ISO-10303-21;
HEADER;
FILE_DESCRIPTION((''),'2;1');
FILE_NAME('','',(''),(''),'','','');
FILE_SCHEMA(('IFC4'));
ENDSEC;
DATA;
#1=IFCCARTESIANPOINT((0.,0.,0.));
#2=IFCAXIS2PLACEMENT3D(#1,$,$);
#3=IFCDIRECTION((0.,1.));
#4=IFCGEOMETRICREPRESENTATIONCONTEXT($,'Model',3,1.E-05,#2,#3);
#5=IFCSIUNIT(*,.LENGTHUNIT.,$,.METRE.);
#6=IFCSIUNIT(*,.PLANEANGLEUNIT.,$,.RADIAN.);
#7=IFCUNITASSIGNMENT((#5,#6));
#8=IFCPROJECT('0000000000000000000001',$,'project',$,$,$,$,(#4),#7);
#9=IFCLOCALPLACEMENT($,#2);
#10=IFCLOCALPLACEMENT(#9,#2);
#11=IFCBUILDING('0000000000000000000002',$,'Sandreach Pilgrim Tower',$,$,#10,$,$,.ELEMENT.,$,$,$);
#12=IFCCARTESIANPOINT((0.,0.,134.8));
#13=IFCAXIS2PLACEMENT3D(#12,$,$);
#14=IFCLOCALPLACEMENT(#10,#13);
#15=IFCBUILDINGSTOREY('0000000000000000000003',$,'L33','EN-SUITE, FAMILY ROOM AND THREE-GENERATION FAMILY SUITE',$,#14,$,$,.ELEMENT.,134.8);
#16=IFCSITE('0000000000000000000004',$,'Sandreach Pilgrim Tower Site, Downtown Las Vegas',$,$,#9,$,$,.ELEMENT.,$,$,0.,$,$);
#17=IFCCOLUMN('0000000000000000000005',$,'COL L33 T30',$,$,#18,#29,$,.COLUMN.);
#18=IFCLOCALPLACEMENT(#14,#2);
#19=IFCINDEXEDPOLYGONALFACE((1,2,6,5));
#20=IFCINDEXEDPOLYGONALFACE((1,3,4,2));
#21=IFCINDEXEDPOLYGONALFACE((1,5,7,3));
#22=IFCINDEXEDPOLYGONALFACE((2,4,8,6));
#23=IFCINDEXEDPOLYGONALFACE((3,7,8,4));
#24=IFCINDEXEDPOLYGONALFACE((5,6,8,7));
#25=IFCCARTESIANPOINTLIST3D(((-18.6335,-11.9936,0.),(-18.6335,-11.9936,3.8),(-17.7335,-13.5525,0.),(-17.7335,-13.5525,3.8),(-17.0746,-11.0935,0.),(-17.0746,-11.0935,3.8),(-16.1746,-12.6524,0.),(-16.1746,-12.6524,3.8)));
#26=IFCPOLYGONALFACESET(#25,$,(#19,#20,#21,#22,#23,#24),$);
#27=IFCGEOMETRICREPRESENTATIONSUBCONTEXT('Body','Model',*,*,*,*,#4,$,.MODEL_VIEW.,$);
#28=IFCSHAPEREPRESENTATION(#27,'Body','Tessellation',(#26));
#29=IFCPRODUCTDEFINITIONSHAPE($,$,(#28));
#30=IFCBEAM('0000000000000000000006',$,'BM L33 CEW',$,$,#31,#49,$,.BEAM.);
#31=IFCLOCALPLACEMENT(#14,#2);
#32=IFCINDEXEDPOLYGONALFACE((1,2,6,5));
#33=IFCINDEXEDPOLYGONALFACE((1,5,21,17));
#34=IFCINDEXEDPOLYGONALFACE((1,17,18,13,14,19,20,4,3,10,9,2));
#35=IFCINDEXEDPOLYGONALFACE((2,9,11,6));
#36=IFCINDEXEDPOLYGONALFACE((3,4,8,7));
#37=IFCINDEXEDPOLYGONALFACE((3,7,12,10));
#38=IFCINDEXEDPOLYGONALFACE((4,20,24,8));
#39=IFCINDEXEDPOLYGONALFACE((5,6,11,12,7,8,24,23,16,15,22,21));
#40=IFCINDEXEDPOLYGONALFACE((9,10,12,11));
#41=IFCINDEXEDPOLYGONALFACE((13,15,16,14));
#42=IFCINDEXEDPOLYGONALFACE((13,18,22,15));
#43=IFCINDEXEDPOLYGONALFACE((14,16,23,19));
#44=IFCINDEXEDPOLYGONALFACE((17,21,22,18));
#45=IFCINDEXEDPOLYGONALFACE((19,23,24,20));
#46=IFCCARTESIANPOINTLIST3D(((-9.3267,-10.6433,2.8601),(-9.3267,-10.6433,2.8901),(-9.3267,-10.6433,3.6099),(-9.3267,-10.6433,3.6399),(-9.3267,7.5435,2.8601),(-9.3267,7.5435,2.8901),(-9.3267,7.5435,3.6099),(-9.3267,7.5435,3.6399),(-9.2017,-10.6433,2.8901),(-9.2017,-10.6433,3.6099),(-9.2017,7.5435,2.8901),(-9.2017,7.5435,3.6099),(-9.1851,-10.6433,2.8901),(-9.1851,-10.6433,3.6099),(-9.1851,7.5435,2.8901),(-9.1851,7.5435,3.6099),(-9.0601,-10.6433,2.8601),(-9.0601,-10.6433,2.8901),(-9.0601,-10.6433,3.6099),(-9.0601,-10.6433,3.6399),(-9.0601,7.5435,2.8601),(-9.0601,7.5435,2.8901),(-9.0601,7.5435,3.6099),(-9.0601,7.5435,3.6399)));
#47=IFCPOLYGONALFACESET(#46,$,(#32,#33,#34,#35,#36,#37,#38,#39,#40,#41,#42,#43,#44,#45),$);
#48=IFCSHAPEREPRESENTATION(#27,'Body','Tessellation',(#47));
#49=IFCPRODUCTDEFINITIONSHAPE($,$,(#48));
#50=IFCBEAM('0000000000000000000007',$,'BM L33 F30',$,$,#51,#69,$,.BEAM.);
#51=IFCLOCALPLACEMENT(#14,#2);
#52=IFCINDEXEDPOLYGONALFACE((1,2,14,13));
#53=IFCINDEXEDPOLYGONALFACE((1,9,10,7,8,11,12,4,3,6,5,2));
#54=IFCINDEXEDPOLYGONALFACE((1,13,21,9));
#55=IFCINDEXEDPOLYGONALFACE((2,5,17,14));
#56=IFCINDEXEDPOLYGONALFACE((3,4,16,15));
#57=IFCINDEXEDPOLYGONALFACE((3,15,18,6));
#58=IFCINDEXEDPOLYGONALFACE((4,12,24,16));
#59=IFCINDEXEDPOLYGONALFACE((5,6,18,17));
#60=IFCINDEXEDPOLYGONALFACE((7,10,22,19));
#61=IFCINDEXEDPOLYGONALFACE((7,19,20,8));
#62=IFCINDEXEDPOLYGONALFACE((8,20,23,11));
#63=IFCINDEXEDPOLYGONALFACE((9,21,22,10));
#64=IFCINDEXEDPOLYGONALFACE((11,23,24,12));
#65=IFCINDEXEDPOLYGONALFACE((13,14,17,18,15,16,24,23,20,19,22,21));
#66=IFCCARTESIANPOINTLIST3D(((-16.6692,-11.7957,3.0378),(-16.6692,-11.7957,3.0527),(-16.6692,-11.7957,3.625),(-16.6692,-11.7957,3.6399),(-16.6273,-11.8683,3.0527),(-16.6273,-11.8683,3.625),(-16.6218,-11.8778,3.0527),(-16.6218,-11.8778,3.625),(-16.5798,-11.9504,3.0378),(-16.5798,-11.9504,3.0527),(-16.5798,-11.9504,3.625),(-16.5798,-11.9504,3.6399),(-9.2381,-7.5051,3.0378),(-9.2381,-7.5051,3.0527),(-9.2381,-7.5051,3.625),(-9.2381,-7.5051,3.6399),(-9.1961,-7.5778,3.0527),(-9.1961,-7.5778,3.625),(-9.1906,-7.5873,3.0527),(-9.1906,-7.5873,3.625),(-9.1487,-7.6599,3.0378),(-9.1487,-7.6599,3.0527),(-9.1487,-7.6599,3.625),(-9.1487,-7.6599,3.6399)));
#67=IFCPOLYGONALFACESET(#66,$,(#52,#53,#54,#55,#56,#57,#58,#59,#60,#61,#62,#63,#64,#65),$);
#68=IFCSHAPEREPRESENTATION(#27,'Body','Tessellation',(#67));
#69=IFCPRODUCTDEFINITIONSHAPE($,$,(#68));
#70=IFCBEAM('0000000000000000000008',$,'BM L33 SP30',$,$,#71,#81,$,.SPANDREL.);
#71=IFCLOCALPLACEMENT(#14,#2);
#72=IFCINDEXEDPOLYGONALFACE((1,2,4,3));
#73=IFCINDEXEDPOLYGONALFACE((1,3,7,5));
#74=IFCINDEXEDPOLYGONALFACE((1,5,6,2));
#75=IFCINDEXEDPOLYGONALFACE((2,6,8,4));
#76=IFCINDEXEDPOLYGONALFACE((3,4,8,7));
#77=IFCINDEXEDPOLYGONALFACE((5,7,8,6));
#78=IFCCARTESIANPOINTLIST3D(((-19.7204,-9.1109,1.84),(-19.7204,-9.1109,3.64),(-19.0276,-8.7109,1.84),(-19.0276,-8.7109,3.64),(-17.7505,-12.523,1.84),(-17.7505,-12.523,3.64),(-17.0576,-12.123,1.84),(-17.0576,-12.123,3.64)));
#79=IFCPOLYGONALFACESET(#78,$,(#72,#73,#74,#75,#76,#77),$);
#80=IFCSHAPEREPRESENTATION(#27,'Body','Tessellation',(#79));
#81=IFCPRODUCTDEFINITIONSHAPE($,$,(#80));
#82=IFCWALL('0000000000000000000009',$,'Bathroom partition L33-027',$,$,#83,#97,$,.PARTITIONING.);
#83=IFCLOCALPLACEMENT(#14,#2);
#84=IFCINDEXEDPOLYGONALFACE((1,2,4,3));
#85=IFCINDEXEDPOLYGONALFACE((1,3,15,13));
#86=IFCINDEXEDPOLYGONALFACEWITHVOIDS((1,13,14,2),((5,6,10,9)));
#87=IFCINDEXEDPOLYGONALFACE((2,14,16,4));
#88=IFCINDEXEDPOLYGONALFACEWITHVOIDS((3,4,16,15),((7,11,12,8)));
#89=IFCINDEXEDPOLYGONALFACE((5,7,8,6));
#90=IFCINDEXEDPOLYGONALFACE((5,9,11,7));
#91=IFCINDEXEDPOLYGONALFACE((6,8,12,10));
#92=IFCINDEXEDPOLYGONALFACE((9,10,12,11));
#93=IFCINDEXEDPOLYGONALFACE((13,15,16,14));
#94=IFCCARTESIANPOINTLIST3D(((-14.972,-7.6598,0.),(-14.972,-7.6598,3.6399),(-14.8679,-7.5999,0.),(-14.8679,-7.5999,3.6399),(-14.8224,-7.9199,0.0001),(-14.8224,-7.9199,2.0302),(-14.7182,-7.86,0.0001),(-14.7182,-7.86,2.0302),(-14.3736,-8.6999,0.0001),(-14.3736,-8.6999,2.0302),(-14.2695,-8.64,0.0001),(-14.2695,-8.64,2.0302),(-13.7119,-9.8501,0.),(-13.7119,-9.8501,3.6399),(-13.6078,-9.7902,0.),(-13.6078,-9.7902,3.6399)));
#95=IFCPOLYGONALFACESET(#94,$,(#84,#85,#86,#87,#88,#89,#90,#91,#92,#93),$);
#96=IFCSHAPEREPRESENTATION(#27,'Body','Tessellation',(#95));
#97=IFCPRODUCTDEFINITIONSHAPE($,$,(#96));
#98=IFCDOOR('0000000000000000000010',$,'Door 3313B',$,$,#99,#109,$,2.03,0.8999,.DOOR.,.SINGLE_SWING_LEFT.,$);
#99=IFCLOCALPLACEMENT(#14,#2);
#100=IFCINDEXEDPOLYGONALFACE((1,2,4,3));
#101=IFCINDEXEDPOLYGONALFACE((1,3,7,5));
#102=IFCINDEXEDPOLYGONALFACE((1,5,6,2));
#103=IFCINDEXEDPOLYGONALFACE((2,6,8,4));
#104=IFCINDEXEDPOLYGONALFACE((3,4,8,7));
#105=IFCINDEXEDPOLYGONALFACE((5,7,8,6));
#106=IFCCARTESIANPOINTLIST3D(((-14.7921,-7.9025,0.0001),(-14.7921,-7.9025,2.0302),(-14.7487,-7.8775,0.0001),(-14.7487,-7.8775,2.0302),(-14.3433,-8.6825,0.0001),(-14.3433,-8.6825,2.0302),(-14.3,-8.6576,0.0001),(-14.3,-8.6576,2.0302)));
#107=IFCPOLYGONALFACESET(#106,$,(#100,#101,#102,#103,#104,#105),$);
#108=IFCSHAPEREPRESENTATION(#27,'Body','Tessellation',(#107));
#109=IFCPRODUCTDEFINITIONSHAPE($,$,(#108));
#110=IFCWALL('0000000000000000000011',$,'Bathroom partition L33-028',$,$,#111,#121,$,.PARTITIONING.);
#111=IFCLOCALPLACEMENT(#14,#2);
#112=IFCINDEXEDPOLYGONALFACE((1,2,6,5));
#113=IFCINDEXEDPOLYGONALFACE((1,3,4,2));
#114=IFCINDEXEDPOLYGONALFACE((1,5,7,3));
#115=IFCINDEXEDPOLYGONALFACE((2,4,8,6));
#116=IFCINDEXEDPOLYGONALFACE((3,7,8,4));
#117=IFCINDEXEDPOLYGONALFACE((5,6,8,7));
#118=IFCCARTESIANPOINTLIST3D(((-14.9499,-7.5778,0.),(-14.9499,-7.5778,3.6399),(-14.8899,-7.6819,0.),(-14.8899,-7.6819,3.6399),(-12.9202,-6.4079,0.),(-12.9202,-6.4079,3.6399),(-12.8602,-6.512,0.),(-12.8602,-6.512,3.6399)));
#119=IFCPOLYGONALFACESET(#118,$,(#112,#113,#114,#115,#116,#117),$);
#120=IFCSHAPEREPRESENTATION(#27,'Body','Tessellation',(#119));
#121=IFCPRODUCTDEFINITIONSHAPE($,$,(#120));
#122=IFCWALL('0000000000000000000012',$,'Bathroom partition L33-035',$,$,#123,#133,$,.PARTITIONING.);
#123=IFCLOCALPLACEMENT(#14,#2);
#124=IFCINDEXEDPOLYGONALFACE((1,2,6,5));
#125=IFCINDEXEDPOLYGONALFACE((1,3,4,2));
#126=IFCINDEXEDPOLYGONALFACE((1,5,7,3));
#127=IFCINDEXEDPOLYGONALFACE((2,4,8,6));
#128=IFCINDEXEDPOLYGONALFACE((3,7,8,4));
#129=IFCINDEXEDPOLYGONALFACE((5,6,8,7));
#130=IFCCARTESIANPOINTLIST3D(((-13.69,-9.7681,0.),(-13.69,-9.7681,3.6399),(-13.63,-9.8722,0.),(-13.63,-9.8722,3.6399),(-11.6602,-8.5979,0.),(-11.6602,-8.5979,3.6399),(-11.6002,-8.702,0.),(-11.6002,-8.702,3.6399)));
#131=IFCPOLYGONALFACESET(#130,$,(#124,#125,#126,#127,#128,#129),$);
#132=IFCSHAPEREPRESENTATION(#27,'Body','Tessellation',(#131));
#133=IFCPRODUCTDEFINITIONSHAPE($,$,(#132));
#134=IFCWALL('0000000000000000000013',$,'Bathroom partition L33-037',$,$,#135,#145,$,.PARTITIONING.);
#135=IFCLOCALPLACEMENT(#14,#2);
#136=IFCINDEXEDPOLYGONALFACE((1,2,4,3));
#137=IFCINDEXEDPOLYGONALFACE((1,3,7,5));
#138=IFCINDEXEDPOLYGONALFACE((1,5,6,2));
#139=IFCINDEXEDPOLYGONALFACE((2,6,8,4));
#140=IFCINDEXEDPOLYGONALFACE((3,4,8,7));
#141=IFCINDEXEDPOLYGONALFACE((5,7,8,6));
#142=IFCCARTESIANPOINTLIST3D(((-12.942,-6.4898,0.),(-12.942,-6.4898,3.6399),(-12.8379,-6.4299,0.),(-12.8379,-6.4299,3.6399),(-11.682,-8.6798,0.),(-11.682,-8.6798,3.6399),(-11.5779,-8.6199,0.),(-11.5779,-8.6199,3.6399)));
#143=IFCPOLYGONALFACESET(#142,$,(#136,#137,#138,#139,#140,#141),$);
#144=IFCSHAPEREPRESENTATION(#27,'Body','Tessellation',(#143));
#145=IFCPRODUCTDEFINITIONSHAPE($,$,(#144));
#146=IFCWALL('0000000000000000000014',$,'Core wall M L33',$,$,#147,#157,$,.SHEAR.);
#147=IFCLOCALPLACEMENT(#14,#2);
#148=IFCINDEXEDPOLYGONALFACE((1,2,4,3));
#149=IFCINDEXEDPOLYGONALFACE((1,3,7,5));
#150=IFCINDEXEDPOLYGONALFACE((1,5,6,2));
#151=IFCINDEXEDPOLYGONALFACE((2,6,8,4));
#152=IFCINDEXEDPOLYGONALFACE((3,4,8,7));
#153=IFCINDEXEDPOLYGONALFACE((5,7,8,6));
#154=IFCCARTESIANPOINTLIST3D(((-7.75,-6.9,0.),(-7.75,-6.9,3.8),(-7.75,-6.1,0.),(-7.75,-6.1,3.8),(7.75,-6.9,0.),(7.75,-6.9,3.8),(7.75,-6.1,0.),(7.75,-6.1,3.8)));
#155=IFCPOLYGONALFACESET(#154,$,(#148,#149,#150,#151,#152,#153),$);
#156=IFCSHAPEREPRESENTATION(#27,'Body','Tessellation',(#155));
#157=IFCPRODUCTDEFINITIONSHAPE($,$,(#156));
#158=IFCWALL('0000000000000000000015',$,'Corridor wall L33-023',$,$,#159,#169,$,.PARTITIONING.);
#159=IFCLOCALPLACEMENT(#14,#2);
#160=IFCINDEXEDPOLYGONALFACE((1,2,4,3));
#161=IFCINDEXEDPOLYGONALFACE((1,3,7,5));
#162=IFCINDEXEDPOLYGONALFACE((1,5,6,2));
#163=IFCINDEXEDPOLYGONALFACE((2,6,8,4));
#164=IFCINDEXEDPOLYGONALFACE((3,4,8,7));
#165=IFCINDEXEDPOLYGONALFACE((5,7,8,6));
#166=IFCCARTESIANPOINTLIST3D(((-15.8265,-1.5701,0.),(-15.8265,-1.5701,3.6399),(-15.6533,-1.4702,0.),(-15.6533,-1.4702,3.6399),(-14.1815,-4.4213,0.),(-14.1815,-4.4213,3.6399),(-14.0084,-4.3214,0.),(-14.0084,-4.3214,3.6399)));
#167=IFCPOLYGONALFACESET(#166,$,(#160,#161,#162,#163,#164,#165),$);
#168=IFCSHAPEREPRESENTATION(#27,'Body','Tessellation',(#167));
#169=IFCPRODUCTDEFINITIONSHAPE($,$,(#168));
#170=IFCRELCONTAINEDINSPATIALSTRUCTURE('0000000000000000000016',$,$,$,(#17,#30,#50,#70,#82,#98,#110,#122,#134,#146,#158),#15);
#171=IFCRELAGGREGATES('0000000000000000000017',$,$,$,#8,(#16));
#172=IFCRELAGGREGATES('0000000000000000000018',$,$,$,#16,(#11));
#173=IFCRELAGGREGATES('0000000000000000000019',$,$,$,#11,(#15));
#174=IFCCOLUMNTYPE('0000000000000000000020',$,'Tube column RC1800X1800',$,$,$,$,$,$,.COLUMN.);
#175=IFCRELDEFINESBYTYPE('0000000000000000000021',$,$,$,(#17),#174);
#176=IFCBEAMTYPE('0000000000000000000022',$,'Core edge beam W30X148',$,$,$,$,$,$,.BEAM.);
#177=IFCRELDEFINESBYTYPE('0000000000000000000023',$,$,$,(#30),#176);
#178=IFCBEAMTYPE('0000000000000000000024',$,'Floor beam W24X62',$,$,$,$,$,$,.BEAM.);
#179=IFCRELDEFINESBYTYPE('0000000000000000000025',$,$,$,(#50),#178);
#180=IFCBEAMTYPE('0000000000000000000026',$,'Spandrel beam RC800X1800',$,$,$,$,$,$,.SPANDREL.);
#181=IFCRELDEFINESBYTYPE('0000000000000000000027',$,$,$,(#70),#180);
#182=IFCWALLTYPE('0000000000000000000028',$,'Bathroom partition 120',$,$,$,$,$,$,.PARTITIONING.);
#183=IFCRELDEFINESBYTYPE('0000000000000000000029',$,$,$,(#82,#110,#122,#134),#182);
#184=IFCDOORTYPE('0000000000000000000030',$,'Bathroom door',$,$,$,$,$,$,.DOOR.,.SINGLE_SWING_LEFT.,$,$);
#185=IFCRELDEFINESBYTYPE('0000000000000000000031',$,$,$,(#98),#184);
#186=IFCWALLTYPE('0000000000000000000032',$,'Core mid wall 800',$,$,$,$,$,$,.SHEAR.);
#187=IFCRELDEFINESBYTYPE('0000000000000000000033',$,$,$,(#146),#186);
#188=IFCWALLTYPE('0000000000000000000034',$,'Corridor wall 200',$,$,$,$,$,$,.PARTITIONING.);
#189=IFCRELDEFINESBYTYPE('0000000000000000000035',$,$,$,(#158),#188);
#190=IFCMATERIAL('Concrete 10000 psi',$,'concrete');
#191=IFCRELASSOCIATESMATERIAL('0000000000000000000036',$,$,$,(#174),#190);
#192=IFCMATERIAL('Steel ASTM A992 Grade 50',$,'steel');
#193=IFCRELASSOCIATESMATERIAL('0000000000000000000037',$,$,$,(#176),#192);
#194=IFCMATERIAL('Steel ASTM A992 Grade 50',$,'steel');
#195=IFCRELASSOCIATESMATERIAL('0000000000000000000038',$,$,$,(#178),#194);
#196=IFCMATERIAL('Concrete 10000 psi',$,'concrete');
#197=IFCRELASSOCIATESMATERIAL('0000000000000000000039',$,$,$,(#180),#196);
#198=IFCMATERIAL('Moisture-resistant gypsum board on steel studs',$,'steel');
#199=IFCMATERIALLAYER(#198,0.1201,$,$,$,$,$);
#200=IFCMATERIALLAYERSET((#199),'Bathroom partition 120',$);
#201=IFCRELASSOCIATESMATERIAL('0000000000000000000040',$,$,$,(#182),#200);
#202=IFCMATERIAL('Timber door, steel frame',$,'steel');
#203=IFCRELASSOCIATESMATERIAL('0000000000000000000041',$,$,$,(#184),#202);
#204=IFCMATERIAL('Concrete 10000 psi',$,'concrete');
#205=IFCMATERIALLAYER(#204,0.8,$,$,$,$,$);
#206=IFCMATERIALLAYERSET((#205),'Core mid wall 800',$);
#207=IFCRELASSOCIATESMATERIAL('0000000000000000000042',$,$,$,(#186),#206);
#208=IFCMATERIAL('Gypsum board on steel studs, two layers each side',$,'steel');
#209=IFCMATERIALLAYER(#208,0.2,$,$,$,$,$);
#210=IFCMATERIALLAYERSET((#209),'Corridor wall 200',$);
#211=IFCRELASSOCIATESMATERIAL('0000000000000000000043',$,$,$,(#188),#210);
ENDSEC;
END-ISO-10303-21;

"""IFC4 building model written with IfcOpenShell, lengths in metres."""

from ifc_helpers import new_model, si_unit, direction, frame, frame_2d, origin, origin_2d, place, context, subcontext, project, spatial, rectangle, i_section, extrude, material, layer, layer_set, material_profile, profile_set, type_object, element, fill, save


model = new_model("IFC4")

# Units and contexts
model_context = context("Model", 3, precision=1e-05, world=origin(), true_north=direction((0.0, 1.0)))
body_context = subcontext(model_context, "Body", "Model", "MODEL_VIEW")
ifc_project = project(units=[si_unit("LENGTHUNIT", "METRE"), si_unit("PLANEANGLEUNIT", "RADIAN")], contexts=[model_context])

# Site, building, storey
site_placement = place(None, origin())
site = spatial("IfcSite", under=ifc_project, at=site_placement, Name="Sandreach Pilgrim Tower Site, Downtown Las Vegas", CompositionType="ELEMENT", RefElevation=0.0)
building_placement = place(site_placement, origin())
building = spatial("IfcBuilding", under=site, at=building_placement, Name="Sandreach Pilgrim Tower", CompositionType="ELEMENT")
storey_placement = place(building_placement, frame((0.0, 0.0, 134.8)))
storey = spatial("IfcBuildingStorey", under=building, at=storey_placement, Name="L33", Description="EN-SUITE, FAMILY ROOM AND THREE-GENERATION FAMILY SUITE", CompositionType="ELEMENT", Elevation=134.8)

# Column
ifc_material_1 = material(Name="Concrete 10000 psi", Category="concrete")
ifc_material_profile_1 = material_profile(ifc_material_1, rectangle(XDim=1.8, YDim=1.8, at=origin_2d()), Name="RC1800X1800")
ifc_profile_set_1 = profile_set([ifc_material_profile_1], Name="Concrete 10000 psi")
column_type = type_object("IfcColumnType", Name="Tube column RC1800X1800", PredefinedType="COLUMN", material=ifc_profile_set_1)
column_placement = place(storey_placement, frame((-17.4041, -12.323, 0.0), z_axis=(0.0, 0.0, 1.0), x_axis=(-0.866025, -0.5, 0.0)))
element("IfcColumn", 1, at=column_placement, inside=storey, type_object=column_type, Name="COL L33 T30", PredefinedType="COLUMN", context=body_context, shape_type="SweptSolid", body=[
    extrude(rectangle(XDim=1.8, YDim=1.8, at=origin_2d()), origin(), (0.0, 0.0, 1.0), 3.8),
])

# Beams
ifc_material_2 = material(Name="Steel ASTM A992 Grade 50", Category="steel")
ifc_material_profile_2 = material_profile(ifc_material_2, i_section(OverallWidth=0.2666, OverallDepth=0.7798, WebThickness=0.0166, FlangeThickness=0.03, at=origin_2d()), Name="W30X148")
ifc_profile_set_2 = profile_set([ifc_material_profile_2], Name="Steel ASTM A992 Grade 50")
beam_type_1 = type_object("IfcBeamType", Name="Core edge beam W30X148", PredefinedType="BEAM", material=ifc_profile_set_2)
beam_1_placement = place(storey_placement, frame((-9.1934, -10.6433, 3.25), z_axis=(0.0, 1.0, 0.0), x_axis=(-1.0, 0.0, 0.0)))
element("IfcBeam", 2, at=beam_1_placement, inside=storey, type_object=beam_type_1, Name="BM L33 CEW", PredefinedType="BEAM", context=body_context, shape_type="SweptSolid", body=[
    extrude(i_section(OverallWidth=0.2666, OverallDepth=0.7798, WebThickness=0.0166, FlangeThickness=0.03, at=origin_2d()), origin(), (0.0, 0.0, 1.0), 18.1868),
])
ifc_material_3 = material(Name="Steel ASTM A992 Grade 50", Category="steel")
ifc_material_profile_3 = material_profile(ifc_material_3, i_section(OverallWidth=0.1787, OverallDepth=0.6021, WebThickness=0.011, FlangeThickness=0.0149, at=origin_2d()), Name="W24X62")
ifc_profile_set_3 = profile_set([ifc_material_profile_3], Name="Steel ASTM A992 Grade 50")
beam_type_2 = type_object("IfcBeamType", Name="Floor beam W24X62", PredefinedType="BEAM", material=ifc_profile_set_3)
beam_2_placement = place(storey_placement, frame((-16.6245, -11.873, 3.3389), z_axis=(0.866018, 0.500013, 0.0), x_axis=(-0.500013, 0.866018, 0.0)))
element("IfcBeam", 3, at=beam_2_placement, inside=storey, type_object=beam_type_2, Name="BM L33 F30", PredefinedType="BEAM", context=body_context, shape_type="SweptSolid", body=[
    extrude(i_section(OverallWidth=0.1787, OverallDepth=0.6021, WebThickness=0.011, FlangeThickness=0.0149, at=origin_2d()), origin(), (0.0, 0.0, 1.0), 8.5808),
])
ifc_material_4 = material(Name="Concrete 10000 psi", Category="concrete")
ifc_material_profile_4 = material_profile(ifc_material_4, rectangle(XDim=0.8, YDim=1.8, at=origin_2d()), Name="RC800X1800")
ifc_profile_set_4 = profile_set([ifc_material_profile_4], Name="Concrete 10000 psi")
beam_type_3 = type_object("IfcBeamType", Name="Spandrel beam RC800X1800", PredefinedType="SPANDREL", material=ifc_profile_set_4)
beam_3_placement = place(storey_placement, frame((-17.4041, -12.323, 2.74), z_axis=(-0.499998, 0.866027, 0.0), x_axis=(-0.866027, -0.499998, 0.0)))
element("IfcBeam", 4, at=beam_3_placement, inside=storey, type_object=beam_type_3, Name="BM L33 SP30", PredefinedType="SPANDREL", context=body_context, shape_type="SweptSolid", body=[
    extrude(rectangle(XDim=0.8, YDim=1.8, at=origin_2d()), origin(), (0.0, 0.0, 1.0), 3.9399),
])

# Wall, opening, door
ifc_material_5 = material(Name="Moisture-resistant gypsum board on steel studs", Category="steel")
ifc_layer_1 = layer(ifc_material_5, 0.1201)
ifc_layer_set_1 = layer_set([ifc_layer_1], Name="Bathroom partition 120")
wall_type_1 = type_object("IfcWallType", Name="Bathroom partition 120", PredefinedType="PARTITIONING", material=ifc_layer_set_1)
wall_1_placement = place(storey_placement, frame((-14.9199, -7.6299, 0.0), z_axis=(0.0, 0.0, 1.0), x_axis=(0.498665, -0.866795, 0.0)))
wall_1 = element("IfcWall", 5, at=wall_1_placement, inside=storey, type_object=wall_type_1, Name="Bathroom partition L33-027", PredefinedType="PARTITIONING", context=body_context, shape_type="SweptSolid", body=[
    extrude(rectangle(XDim=2.5269, YDim=0.1201, at=frame_2d((1.2634, 0.0))), origin(), (0.0, 0.0, 1.0), 3.6399),
])
opening_1_placement = place(wall_1_placement, frame((0.3, 0.0, 0.0)))
opening_1 = element("IfcOpeningElement", 6, at=opening_1_placement, cuts=wall_1, PredefinedType="OPENING", context=body_context, shape_type="SweptSolid", body=[
    extrude(rectangle(XDim=0.8999, YDim=2.03, at=frame_2d((0.45, 1.0151))), frame((0.0, 0.0601, 0.0), z_axis=(0.0, -1.0, 0.0), x_axis=(1.0, 0.0, 0.0)), (0.0, 0.0, 1.0), 0.1201),
])
ifc_material_6 = material(Name="Timber door, steel frame", Category="steel")
door_type_1 = type_object("IfcDoorType", Name="Bathroom door", OperationType="SINGLE_SWING_LEFT", PredefinedType="DOOR", material=ifc_material_6)
door_1_placement = place(opening_1_placement, origin())
door_1 = element("IfcDoor", 7, at=door_1_placement, inside=storey, type_object=door_type_1, Name="Door 3313B", OperationType="SINGLE_SWING_LEFT", OverallHeight=2.03, OverallWidth=0.8999, PredefinedType="DOOR", context=body_context, shape_type="SweptSolid", body=[
    extrude(rectangle(XDim=0.8999, YDim=2.03, at=frame_2d((0.45, 1.0151))), frame((0.0, 0.0249, 0.0), z_axis=(0.0, -1.0, 0.0), x_axis=(1.0, 0.0, 0.0)), (0.0, 0.0, 1.0), 0.05),
])
fill(opening_1, door_1)

# Walls
wall_2_placement = place(storey_placement, frame((-14.9199, -7.6299, 0.0), z_axis=(0.0, 0.0, 1.0), x_axis=(0.86639, 0.499368, 0.0)))
element("IfcWall", 8, at=wall_2_placement, inside=storey, type_object=wall_type_1, Name="Bathroom partition L33-028", PredefinedType="PARTITIONING", context=body_context, shape_type="SweptSolid", body=[
    extrude(rectangle(XDim=2.3428, YDim=0.1201, at=frame_2d((1.1714, 0.0))), origin(), (0.0, 0.0, 1.0), 3.6399),
])
wall_3_placement = place(storey_placement, frame((-13.6599, -9.8201, 0.0), z_axis=(0.0, 0.0, 1.0), x_axis=(0.866345, 0.499446, 0.0)))
element("IfcWall", 9, at=wall_3_placement, inside=storey, type_object=wall_type_1, Name="Bathroom partition L33-035", PredefinedType="PARTITIONING", context=body_context, shape_type="SweptSolid", body=[
    extrude(rectangle(XDim=2.343, YDim=0.1201, at=frame_2d((1.1714, 0.0))), origin(), (0.0, 0.0, 1.0), 3.6399),
])
wall_4_placement = place(storey_placement, frame((-12.8899, -6.46, 0.0), z_axis=(0.0, 0.0, 1.0), x_axis=(0.498707, -0.866771, 0.0)))
element("IfcWall", 10, at=wall_4_placement, inside=storey, type_object=wall_type_1, Name="Bathroom partition L33-037", PredefinedType="PARTITIONING", context=body_context, shape_type="SweptSolid", body=[
    extrude(rectangle(XDim=2.5266, YDim=0.1201, at=frame_2d((1.2632, 0.0))), origin(), (0.0, 0.0, 1.0), 3.6399),
])
ifc_material_7 = material(Name="Concrete 10000 psi", Category="concrete")
ifc_layer_2 = layer(ifc_material_7, 0.8)
ifc_layer_set_2 = layer_set([ifc_layer_2], Name="Core mid wall 800")
wall_type_2 = type_object("IfcWallType", Name="Core mid wall 800", PredefinedType="SHEAR", material=ifc_layer_set_2)
wall_5_placement = place(storey_placement, frame((-7.75, -6.5, 0.0), z_axis=(0.0, 0.0, 1.0), x_axis=(1.0, 0.0, 0.0)))
element("IfcWall", 11, at=wall_5_placement, inside=storey, type_object=wall_type_2, Name="Core wall M L33", PredefinedType="SHEAR", context=body_context, shape_type="SweptSolid", body=[
    extrude(rectangle(XDim=15.5, YDim=0.8, at=frame_2d((7.75, 0.0))), origin(), (0.0, 0.0, 1.0), 3.8),
])

# Wall
ifc_material_8 = material(Name="Gypsum board on steel studs, two layers each side", Category="steel")
ifc_layer_3 = layer(ifc_material_8, 0.2)
ifc_layer_set_3 = layer_set([ifc_layer_3], Name="Corridor wall 200")
wall_type_3 = type_object("IfcWallType", Name="Corridor wall 200", PredefinedType="PARTITIONING", material=ifc_layer_set_3)
wall_6_placement = place(storey_placement, frame((-15.74, -1.52, 0.0), z_axis=(0.0, 0.0, 1.0), x_axis=(0.499729, -0.866182, 0.0)))
element("IfcWall", 12, at=wall_6_placement, inside=storey, type_object=wall_type_3, Name="Corridor wall L33-023", PredefinedType="PARTITIONING", context=body_context, shape_type="SweptSolid", body=[
    extrude(rectangle(XDim=3.2917, YDim=0.2, at=frame_2d((1.646, 0.0))), origin(), (0.0, 0.0, 1.0), 3.6399),
])

save(model, "model.ifc")
